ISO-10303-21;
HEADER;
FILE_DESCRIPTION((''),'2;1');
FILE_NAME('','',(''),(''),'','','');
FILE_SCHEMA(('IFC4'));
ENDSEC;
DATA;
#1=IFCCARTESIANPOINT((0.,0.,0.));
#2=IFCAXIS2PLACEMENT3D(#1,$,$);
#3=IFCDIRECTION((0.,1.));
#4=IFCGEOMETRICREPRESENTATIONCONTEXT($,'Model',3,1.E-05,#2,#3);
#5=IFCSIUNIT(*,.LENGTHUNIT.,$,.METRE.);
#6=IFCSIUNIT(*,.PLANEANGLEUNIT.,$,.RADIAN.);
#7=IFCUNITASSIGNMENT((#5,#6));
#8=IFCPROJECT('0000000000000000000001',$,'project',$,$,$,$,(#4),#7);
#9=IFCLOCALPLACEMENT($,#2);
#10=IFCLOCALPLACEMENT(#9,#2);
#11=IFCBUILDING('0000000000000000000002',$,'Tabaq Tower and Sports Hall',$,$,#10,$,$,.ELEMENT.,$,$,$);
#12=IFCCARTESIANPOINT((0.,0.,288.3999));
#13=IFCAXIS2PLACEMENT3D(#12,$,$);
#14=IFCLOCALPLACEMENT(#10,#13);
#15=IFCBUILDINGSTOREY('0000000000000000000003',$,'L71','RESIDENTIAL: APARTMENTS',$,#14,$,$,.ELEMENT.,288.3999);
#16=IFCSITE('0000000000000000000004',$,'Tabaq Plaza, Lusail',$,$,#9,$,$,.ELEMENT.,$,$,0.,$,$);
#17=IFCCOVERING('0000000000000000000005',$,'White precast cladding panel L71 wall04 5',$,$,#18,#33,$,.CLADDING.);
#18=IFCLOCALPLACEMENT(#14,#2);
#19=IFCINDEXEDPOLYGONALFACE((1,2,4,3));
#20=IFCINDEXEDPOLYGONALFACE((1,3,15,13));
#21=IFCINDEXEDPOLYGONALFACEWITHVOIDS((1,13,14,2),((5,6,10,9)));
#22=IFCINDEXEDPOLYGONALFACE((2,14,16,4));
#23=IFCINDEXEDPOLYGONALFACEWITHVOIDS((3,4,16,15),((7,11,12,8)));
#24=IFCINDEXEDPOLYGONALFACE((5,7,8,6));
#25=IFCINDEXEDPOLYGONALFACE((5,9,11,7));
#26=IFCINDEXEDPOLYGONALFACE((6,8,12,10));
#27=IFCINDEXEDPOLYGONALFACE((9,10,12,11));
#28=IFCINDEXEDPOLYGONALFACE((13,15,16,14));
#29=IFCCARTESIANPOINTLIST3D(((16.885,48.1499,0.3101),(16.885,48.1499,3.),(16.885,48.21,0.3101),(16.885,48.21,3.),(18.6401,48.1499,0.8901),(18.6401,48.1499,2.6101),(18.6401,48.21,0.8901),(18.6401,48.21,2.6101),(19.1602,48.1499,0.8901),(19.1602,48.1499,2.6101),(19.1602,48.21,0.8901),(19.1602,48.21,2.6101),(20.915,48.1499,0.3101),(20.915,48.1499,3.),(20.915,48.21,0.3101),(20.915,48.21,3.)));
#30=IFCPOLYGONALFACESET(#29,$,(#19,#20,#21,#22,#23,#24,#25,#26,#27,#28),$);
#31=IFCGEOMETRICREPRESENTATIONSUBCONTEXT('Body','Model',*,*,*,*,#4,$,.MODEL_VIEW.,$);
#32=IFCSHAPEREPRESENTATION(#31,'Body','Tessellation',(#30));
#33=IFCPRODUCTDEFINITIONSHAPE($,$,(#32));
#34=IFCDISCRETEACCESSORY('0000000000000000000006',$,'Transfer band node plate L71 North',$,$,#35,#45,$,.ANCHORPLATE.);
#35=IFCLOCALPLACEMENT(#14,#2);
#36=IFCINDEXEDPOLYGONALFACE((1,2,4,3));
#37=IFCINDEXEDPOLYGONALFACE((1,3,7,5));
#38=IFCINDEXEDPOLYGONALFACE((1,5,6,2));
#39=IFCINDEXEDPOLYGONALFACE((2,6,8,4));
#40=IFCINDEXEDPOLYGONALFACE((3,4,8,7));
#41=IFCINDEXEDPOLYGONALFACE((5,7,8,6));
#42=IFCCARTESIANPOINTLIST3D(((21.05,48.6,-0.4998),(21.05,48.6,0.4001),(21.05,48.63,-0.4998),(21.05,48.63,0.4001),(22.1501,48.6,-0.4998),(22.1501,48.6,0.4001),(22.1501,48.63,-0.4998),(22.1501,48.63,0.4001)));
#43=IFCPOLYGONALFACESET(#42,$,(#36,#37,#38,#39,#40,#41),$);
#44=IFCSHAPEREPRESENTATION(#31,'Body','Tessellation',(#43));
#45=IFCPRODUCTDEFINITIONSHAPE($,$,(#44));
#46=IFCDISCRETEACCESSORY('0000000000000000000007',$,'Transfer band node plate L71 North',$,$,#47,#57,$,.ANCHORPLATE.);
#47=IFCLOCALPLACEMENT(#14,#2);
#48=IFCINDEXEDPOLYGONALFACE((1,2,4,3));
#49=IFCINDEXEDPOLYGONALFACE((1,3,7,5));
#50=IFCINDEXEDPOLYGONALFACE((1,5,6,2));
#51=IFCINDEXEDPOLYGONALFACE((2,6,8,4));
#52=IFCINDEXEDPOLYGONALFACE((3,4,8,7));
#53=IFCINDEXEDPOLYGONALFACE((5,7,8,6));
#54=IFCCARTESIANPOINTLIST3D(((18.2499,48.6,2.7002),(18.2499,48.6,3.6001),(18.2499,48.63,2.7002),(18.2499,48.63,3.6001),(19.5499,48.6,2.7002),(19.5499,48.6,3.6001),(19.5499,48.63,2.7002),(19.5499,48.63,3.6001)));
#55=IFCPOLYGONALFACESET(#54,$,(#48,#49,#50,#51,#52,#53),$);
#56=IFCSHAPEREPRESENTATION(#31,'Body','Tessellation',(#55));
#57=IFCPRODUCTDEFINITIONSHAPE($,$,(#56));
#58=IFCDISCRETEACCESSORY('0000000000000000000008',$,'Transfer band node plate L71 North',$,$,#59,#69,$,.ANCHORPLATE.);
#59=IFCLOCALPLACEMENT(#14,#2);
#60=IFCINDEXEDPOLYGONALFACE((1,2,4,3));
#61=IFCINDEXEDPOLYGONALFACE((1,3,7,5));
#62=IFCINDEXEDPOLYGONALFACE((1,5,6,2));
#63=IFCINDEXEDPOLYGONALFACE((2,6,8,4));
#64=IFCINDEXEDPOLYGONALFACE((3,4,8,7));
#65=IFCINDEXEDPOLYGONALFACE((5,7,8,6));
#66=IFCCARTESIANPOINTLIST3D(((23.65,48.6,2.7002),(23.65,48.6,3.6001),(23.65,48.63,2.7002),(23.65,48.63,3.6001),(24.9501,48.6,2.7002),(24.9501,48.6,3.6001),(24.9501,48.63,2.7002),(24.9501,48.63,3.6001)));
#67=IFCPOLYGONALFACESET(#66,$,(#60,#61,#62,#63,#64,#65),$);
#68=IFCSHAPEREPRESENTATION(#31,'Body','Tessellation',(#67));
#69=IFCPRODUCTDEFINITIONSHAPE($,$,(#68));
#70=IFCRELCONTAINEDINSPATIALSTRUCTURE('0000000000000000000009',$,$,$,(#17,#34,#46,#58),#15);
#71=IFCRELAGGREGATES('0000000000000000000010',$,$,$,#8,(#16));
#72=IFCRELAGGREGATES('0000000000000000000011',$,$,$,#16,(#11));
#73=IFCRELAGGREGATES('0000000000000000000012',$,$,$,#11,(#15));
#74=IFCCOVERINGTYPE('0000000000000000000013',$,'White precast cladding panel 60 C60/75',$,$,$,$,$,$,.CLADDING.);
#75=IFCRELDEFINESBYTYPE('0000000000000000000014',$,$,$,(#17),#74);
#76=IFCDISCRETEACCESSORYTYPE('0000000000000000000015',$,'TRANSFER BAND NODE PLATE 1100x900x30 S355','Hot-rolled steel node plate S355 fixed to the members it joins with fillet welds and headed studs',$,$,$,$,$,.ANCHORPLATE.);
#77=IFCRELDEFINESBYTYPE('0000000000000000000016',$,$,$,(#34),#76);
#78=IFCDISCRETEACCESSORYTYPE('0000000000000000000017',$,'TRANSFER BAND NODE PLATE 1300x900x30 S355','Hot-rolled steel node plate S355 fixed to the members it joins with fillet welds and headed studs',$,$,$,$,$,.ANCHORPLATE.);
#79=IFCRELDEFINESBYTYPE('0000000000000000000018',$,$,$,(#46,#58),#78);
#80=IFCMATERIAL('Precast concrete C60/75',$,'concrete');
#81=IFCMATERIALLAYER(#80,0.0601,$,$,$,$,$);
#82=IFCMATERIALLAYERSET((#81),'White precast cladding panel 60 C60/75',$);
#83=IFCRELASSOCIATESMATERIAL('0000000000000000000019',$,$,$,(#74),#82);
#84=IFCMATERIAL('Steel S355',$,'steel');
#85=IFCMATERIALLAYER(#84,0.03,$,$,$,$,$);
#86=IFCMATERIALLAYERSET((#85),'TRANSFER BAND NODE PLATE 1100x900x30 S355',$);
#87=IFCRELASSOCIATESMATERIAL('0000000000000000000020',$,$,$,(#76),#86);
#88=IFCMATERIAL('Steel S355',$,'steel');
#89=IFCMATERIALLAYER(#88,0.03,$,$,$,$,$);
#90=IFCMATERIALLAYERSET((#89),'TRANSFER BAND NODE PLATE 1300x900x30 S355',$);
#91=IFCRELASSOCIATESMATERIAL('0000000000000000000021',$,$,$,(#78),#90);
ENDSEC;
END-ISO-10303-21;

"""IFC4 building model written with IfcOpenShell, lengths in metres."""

from ifc_helpers import new_model, si_unit, direction, frame, origin, origin_2d, place, context, subcontext, project, spatial, polyline, rectangle, outline, extrude, material, layer, layer_set, type_object, element, save


model = new_model("IFC4")

# Units and contexts
model_context = context("Model", 3, precision=1e-05, world=origin(), true_north=direction((0.0, 1.0)))
body_context = subcontext(model_context, "Body", "Model", "MODEL_VIEW")
ifc_project = project(units=[si_unit("LENGTHUNIT", "METRE"), si_unit("PLANEANGLEUNIT", "RADIAN")], contexts=[model_context])

# Site, building, storey
site_placement = place(None, origin())
site = spatial("IfcSite", under=ifc_project, at=site_placement, Name="Tabaq Plaza, Lusail", CompositionType="ELEMENT", RefElevation=0.0)
building_placement = place(site_placement, origin())
building = spatial("IfcBuilding", under=site, at=building_placement, Name="Tabaq Tower and Sports Hall", CompositionType="ELEMENT")
storey_placement = place(building_placement, frame((0.0, 0.0, 288.3999)))
storey = spatial("IfcBuildingStorey", under=building, at=storey_placement, Name="L71", Description="RESIDENTIAL: APARTMENTS", CompositionType="ELEMENT", Elevation=288.3999)

# Covering
ifc_material_1 = material(Name="Precast concrete C60/75", Category="concrete")
ifc_layer_1 = layer(ifc_material_1, 0.0601)
ifc_layer_set_1 = layer_set([ifc_layer_1], Name="White precast cladding panel 60 C60/75")
covering_type_1 = type_object("IfcCoveringType", Name="White precast cladding panel 60 C60/75", PredefinedType="CLADDING", material=ifc_layer_set_1)
for number, where, z_axis, x_axis, name in (
    (1, (20.915, 48.1799, 0.3101), (0.0, 0.0, 1.0), (-1.0, 0.0, 0.0), "White precast cladding panel L71 wall04 5"),
):
    element("IfcCovering", number, at=place(storey_placement, frame(where, z_axis=z_axis, x_axis=x_axis)), inside=storey, type_object=covering_type_1, Name=name, PredefinedType="CLADDING", context=body_context, shape_type="SweptSolid", body=[
        extrude(outline(polyline([(0.0, 0.0), (4.03, 0.0), (4.03, 2.6899), (0.0, 2.6899), (0.0, 0.0)]), holes=[polyline([(1.7549, 0.5801), (1.7549, 2.3), (2.2749, 2.3), (2.2749, 0.5801), (1.7549, 0.5801)])]), frame((0.0, 0.03, 0.0), z_axis=(0.0, -1.0, 0.0), x_axis=(1.0, 0.0, 0.0)), (0.0, 0.0, 1.0), 0.0601),
    ])

# Discrete accessories
ifc_material_2 = material(Name="Steel S355", Category="steel")
ifc_layer_2 = layer(ifc_material_2, 0.03)
ifc_layer_set_2 = layer_set([ifc_layer_2], Name="TRANSFER BAND NODE PLATE 1100x900x30 S355")
discrete_accessory_type_1 = type_object("IfcDiscreteAccessoryType", Name="TRANSFER BAND NODE PLATE 1100x900x30 S355", Description="Hot-rolled steel node plate S355 fixed to the members it joins with fillet welds and headed studs", PredefinedType="ANCHORPLATE", material=ifc_layer_set_2)
discrete_accessory_placement = place(storey_placement, frame((21.6001, 48.615, -0.4998), z_axis=(0.0, 0.0, 1.0), x_axis=(-1.0, 0.0, 0.0)))
element("IfcDiscreteAccessory", 2, at=discrete_accessory_placement, inside=storey, type_object=discrete_accessory_type_1, Name="Transfer band node plate L71 North", PredefinedType="ANCHORPLATE", context=body_context, shape_type="SweptSolid", body=[
    extrude(rectangle(XDim=1.1001, YDim=0.03, at=origin_2d()), origin(), (0.0, 0.0, 1.0), 0.8999),
])
ifc_material_3 = material(Name="Steel S355", Category="steel")
ifc_layer_3 = layer(ifc_material_3, 0.03)
ifc_layer_set_3 = layer_set([ifc_layer_3], Name="TRANSFER BAND NODE PLATE 1300x900x30 S355")
discrete_accessory_type_2 = type_object("IfcDiscreteAccessoryType", Name="TRANSFER BAND NODE PLATE 1300x900x30 S355", Description="Hot-rolled steel node plate S355 fixed to the members it joins with fillet welds and headed studs", PredefinedType="ANCHORPLATE", material=ifc_layer_set_3)
for number, where, z_axis, x_axis, name in (
    (3, (18.8999, 48.615, 2.7002), (0.0, 0.0, 1.0), (-1.0, 0.0, 0.0), "Transfer band node plate L71 North"),
    (4, (24.3, 48.615, 2.7002), (0.0, 0.0, 1.0), (-1.0, 0.0, 0.0), "Transfer band node plate L71 North"),
):
    element("IfcDiscreteAccessory", number, at=place(storey_placement, frame(where, z_axis=z_axis, x_axis=x_axis)), inside=storey, type_object=discrete_accessory_type_2, Name=name, PredefinedType="ANCHORPLATE", context=body_context, shape_type="SweptSolid", body=[
        extrude(rectangle(XDim=1.3, YDim=0.03, at=origin_2d()), origin(), (0.0, 0.0, 1.0), 0.8999),
    ])

save(model, "model.ifc")
